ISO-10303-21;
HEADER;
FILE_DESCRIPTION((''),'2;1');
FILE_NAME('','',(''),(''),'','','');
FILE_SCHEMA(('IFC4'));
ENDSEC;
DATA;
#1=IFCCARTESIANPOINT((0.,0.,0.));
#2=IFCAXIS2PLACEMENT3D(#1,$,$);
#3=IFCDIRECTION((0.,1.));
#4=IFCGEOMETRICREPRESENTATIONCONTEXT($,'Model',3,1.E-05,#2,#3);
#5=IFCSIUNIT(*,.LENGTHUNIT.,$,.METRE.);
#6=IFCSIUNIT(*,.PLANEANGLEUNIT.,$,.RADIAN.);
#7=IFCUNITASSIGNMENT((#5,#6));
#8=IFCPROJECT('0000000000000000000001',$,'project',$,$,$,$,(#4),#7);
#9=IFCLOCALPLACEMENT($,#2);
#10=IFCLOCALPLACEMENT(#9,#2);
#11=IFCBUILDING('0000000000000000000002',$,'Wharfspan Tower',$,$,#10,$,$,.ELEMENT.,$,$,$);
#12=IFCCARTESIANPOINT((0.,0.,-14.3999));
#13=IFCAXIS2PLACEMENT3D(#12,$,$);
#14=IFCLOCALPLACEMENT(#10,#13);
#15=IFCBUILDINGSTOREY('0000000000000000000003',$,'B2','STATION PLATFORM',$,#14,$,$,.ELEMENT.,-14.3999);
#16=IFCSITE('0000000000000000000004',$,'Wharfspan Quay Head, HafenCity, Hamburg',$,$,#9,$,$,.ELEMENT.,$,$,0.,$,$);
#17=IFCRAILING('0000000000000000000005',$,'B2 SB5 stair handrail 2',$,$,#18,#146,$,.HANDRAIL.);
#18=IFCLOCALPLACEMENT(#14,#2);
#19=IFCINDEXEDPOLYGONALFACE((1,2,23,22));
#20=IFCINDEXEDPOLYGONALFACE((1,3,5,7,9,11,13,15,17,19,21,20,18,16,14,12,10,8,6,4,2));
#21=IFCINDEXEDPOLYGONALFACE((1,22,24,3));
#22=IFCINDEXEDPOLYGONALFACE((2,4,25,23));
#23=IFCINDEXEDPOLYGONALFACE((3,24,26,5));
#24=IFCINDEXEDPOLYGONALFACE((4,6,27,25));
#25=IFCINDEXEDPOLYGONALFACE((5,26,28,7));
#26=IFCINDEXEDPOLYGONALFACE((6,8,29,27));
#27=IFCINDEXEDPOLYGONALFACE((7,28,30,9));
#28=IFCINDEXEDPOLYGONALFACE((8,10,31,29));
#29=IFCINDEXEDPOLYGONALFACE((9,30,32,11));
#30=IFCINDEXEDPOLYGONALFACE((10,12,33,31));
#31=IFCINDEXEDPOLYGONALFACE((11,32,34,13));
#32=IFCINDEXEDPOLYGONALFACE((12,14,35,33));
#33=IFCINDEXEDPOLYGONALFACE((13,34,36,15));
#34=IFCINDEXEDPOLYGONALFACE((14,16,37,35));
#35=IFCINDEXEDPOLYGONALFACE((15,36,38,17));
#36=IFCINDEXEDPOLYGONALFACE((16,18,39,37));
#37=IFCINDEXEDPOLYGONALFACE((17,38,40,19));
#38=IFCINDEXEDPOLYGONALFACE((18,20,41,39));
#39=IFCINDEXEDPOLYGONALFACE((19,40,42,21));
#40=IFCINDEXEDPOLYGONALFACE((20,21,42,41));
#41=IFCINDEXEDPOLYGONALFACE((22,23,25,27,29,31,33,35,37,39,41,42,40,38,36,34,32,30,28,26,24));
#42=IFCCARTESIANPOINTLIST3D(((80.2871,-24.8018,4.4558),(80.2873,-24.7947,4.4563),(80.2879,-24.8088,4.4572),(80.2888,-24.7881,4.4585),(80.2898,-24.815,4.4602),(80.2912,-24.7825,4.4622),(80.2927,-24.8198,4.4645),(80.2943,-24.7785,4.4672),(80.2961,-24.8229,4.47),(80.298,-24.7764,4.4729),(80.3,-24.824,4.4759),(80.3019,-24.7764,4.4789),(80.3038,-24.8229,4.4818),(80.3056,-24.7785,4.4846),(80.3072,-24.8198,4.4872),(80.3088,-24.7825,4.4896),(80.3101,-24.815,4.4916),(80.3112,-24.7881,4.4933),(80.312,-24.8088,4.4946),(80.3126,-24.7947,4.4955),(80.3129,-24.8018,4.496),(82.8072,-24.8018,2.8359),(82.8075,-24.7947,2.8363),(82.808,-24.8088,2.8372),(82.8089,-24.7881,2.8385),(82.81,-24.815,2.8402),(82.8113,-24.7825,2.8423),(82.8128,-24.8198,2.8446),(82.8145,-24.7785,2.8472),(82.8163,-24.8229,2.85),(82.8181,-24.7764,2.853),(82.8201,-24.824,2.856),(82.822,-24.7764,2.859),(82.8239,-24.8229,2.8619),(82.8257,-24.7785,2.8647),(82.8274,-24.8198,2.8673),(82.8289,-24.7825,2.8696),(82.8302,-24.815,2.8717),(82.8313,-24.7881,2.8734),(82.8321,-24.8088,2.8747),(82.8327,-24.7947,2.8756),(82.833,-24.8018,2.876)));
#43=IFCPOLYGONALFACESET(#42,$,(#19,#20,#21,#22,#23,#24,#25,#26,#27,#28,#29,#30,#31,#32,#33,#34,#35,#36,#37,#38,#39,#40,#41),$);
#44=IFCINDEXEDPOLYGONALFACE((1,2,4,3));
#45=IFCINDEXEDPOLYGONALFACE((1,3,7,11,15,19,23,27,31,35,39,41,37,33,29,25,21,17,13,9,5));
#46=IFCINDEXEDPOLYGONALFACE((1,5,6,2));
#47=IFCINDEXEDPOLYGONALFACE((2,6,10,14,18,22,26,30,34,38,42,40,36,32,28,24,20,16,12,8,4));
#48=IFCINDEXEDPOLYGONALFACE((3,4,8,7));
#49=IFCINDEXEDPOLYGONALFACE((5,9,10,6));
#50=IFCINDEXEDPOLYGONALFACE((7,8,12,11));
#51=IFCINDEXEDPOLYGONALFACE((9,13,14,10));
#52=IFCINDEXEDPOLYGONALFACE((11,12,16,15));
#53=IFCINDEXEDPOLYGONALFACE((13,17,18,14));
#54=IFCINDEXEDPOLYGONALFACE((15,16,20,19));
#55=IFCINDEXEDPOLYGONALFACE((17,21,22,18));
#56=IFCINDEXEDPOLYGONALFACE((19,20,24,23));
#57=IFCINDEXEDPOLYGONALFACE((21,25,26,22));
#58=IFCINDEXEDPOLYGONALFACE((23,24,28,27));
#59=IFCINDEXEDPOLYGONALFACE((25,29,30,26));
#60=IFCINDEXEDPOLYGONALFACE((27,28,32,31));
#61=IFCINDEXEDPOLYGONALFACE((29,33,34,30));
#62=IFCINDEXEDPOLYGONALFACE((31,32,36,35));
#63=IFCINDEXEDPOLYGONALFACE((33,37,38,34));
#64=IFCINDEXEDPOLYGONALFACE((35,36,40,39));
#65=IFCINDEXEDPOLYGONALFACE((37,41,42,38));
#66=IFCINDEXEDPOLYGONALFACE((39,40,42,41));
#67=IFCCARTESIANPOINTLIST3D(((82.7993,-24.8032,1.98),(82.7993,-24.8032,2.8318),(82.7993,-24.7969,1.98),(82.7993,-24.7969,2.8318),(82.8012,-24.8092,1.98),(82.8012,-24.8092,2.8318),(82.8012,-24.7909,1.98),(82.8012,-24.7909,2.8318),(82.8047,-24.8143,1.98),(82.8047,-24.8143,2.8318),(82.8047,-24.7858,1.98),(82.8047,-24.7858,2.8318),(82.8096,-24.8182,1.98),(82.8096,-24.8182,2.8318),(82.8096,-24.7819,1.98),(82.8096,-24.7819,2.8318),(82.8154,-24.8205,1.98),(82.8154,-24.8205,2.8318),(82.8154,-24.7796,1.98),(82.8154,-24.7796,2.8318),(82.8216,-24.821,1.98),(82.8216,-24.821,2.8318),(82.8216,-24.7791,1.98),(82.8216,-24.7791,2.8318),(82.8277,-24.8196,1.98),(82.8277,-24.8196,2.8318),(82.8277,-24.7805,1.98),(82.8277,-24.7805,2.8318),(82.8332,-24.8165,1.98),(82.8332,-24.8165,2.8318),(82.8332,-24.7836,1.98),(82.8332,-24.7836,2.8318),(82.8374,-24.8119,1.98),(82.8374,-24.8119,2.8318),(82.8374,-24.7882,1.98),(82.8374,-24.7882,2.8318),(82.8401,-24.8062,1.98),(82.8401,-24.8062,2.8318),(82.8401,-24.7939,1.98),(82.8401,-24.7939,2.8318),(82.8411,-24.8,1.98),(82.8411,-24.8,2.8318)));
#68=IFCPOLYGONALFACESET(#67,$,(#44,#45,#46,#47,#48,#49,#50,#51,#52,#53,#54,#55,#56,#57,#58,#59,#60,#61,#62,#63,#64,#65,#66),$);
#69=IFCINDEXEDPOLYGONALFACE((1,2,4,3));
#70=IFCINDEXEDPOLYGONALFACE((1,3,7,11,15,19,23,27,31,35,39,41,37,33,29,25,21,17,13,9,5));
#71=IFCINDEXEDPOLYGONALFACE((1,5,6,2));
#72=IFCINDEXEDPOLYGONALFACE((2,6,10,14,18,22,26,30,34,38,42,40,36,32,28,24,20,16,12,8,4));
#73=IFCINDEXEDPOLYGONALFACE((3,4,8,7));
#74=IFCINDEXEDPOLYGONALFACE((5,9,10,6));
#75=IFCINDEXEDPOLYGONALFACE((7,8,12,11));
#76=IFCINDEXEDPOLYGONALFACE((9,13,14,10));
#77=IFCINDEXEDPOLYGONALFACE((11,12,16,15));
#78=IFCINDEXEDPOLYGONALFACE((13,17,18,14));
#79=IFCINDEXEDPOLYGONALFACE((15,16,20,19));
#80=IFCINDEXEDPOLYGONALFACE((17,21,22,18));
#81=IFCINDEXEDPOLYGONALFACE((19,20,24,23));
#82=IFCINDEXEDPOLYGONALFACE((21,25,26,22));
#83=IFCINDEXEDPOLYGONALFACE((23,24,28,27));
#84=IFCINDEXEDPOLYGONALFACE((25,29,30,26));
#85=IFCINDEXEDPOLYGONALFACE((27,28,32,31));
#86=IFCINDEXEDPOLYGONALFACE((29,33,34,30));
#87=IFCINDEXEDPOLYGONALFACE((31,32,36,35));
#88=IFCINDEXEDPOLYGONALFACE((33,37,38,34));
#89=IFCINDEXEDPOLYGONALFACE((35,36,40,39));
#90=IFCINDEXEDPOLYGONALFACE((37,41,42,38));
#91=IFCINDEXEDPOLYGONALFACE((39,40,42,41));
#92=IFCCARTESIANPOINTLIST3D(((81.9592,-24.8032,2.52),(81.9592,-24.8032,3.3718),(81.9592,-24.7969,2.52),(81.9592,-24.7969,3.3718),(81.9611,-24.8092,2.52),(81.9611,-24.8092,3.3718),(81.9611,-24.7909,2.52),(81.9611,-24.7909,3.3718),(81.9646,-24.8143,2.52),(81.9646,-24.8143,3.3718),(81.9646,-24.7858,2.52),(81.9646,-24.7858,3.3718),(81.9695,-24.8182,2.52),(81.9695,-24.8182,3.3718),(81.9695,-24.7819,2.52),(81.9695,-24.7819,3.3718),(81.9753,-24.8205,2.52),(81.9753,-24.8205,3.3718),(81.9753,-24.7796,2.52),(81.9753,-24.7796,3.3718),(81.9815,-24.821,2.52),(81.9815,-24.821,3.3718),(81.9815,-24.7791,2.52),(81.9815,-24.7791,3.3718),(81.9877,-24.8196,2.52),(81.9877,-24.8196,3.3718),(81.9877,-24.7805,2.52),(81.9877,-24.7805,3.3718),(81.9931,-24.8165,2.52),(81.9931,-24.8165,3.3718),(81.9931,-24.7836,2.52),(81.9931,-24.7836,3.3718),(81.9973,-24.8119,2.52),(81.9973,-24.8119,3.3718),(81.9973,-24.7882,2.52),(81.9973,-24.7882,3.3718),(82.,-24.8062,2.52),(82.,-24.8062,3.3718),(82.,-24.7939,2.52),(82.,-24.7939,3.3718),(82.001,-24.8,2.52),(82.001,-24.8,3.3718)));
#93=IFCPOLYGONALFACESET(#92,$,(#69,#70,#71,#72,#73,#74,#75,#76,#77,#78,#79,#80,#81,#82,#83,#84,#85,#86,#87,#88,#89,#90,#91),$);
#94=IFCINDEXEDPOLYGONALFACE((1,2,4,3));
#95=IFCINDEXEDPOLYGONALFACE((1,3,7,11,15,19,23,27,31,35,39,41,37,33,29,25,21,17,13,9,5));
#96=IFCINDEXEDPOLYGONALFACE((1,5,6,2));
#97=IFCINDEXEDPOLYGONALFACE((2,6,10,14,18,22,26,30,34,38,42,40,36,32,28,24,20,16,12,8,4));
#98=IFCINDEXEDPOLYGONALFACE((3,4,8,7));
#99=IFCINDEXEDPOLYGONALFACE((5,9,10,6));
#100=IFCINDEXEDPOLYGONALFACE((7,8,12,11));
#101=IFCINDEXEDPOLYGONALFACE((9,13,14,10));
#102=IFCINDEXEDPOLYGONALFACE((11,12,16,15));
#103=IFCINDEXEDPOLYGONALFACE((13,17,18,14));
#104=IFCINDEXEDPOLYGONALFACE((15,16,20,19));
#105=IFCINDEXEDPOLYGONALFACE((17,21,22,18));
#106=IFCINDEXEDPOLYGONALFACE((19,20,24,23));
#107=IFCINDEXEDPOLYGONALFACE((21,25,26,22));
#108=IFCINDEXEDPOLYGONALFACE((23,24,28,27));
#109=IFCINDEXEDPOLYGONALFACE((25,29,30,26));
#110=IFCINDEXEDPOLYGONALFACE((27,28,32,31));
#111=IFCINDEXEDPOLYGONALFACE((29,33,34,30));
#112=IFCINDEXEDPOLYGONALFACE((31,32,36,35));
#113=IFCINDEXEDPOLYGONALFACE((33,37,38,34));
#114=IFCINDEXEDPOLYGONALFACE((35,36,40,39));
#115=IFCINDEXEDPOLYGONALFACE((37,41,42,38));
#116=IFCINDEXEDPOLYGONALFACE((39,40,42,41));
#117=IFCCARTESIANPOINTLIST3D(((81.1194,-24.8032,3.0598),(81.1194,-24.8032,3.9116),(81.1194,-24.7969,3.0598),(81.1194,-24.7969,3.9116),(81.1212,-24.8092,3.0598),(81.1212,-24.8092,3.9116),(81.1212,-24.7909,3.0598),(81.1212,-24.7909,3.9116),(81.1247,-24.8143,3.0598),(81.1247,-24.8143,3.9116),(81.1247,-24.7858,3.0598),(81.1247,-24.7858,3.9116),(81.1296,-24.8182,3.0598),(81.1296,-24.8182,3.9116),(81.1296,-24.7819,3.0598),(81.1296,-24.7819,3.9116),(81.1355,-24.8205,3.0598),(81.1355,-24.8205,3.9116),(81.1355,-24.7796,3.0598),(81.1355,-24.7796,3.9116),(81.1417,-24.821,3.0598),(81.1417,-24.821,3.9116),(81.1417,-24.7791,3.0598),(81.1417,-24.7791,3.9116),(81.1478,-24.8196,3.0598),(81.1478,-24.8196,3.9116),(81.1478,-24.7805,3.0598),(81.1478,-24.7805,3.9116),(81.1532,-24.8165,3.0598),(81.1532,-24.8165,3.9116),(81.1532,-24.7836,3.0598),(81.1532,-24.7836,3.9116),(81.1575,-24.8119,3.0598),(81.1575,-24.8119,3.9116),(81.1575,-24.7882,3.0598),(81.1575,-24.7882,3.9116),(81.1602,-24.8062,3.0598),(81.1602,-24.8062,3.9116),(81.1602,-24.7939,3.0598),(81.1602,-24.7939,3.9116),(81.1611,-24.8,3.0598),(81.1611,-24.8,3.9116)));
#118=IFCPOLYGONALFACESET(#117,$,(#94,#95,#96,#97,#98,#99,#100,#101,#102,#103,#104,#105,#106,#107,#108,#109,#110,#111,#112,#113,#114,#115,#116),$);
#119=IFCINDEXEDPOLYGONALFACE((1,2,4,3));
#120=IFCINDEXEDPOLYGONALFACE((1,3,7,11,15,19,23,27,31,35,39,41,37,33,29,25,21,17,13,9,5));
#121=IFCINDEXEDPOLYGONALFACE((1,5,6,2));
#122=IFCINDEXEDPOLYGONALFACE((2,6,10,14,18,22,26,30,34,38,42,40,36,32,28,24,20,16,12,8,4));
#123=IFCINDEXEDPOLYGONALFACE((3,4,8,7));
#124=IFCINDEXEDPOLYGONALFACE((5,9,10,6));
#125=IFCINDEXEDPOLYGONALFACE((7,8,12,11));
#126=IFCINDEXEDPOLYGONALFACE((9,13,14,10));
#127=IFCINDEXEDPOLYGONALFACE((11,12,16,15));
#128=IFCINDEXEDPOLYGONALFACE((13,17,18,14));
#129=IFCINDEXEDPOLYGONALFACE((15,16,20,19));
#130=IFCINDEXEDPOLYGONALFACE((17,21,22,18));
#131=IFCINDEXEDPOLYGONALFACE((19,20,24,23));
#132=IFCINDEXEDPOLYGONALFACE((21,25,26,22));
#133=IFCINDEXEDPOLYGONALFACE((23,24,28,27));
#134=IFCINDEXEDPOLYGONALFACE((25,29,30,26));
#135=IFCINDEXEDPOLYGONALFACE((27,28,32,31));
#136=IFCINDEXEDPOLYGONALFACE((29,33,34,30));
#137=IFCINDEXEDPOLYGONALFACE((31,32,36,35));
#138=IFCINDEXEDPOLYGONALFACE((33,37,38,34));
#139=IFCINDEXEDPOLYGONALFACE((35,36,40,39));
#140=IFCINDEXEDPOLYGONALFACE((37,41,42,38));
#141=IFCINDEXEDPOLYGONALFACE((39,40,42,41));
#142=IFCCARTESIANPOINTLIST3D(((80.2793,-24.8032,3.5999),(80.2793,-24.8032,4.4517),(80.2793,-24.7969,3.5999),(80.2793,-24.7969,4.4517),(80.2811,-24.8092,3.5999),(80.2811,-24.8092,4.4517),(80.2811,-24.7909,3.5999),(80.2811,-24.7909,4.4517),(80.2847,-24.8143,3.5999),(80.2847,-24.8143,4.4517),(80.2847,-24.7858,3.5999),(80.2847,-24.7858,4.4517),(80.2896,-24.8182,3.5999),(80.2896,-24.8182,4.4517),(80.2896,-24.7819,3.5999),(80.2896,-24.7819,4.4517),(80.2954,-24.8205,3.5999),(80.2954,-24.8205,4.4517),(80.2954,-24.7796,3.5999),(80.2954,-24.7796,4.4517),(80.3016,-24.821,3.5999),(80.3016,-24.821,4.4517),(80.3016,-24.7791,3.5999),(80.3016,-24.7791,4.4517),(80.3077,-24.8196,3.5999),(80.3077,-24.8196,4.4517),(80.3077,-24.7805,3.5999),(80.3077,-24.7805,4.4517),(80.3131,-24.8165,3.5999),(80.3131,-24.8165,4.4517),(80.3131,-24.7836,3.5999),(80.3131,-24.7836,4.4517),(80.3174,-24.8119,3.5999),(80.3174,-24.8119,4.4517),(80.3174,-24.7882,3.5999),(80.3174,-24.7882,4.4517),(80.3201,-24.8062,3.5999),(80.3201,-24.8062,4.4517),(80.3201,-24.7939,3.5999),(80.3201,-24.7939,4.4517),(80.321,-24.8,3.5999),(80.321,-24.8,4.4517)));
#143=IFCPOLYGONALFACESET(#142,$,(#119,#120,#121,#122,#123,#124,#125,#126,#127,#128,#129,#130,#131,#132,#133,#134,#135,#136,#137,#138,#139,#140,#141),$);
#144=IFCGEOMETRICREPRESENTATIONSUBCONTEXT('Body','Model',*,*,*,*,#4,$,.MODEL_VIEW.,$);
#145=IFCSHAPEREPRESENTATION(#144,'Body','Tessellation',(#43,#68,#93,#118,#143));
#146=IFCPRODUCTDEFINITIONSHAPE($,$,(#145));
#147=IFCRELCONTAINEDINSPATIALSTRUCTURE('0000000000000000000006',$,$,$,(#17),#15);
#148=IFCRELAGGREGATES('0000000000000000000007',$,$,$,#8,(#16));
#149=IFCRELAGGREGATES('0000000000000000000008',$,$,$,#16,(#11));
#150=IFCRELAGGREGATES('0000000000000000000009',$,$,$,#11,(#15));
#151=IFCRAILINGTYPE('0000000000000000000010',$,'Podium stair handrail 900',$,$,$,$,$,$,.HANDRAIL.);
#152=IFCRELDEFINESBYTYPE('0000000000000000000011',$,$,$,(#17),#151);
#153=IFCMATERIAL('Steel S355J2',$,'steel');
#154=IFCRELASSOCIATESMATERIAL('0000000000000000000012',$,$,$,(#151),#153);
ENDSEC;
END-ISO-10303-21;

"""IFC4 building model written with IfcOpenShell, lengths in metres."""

from ifc_helpers import new_model, si_unit, direction, frame, origin, origin_2d, place, context, subcontext, project, spatial, circle, extrude, material, type_object, element, save


model = new_model("IFC4")

# Units and contexts
model_context = context("Model", 3, precision=1e-05, world=origin(), true_north=direction((0.0, 1.0)))
body_context = subcontext(model_context, "Body", "Model", "MODEL_VIEW")
ifc_project = project(units=[si_unit("LENGTHUNIT", "METRE"), si_unit("PLANEANGLEUNIT", "RADIAN")], contexts=[model_context])

# Site, building, storey
site_placement = place(None, origin())
site = spatial("IfcSite", under=ifc_project, at=site_placement, Name="Wharfspan Quay Head, HafenCity, Hamburg", CompositionType="ELEMENT", RefElevation=0.0)
building_placement = place(site_placement, origin())
building = spatial("IfcBuilding", under=site, at=building_placement, Name="Wharfspan Tower", CompositionType="ELEMENT")
storey_placement = place(building_placement, frame((0.0, 0.0, -14.3999)))
storey = spatial("IfcBuildingStorey", under=building, at=storey_placement, Name="B2", Description="STATION PLATFORM", CompositionType="ELEMENT", Elevation=-14.3999)

# Railing
ifc_material_1 = material(Name="Steel S355J2", Category="steel")
railing_type_1 = type_object("IfcRailingType", Name="Podium stair handrail 900", PredefinedType="HANDRAIL", material=ifc_material_1)
railing_1_placement = place(storey_placement, frame((82.8201, -24.8, 1.98)))
element("IfcRailing", 1, at=railing_1_placement, inside=storey, type_object=railing_type_1, Name="B2 SB5 stair handrail 2", PredefinedType="HANDRAIL", context=body_context, shape_type="SweptSolid", body=[
    extrude(circle(Radius=0.0239, at=origin_2d()), frame((0.0, 0.0, 0.876), z_axis=(-0.8412, 0.0, 0.540725), x_axis=(0.0, -1.0, 0.0)), (0.0, 0.0, 1.0), 2.9958),
    extrude(circle(Radius=0.021, at=origin_2d()), origin(), (0.0, 0.0, 1.0), 0.8518),
    extrude(circle(Radius=0.021, at=origin_2d()), frame((-0.8401, 0.0, 0.54)), (0.0, 0.0, 1.0), 0.8518),
    extrude(circle(Radius=0.021, at=origin_2d()), frame((-1.6799, 0.0, 1.0798)), (0.0, 0.0, 1.0), 0.8518),
    extrude(circle(Radius=0.021, at=origin_2d()), frame((-2.52, 0.0, 1.6199)), (0.0, 0.0, 1.0), 0.8518),
])

save(model, "model.ifc")
